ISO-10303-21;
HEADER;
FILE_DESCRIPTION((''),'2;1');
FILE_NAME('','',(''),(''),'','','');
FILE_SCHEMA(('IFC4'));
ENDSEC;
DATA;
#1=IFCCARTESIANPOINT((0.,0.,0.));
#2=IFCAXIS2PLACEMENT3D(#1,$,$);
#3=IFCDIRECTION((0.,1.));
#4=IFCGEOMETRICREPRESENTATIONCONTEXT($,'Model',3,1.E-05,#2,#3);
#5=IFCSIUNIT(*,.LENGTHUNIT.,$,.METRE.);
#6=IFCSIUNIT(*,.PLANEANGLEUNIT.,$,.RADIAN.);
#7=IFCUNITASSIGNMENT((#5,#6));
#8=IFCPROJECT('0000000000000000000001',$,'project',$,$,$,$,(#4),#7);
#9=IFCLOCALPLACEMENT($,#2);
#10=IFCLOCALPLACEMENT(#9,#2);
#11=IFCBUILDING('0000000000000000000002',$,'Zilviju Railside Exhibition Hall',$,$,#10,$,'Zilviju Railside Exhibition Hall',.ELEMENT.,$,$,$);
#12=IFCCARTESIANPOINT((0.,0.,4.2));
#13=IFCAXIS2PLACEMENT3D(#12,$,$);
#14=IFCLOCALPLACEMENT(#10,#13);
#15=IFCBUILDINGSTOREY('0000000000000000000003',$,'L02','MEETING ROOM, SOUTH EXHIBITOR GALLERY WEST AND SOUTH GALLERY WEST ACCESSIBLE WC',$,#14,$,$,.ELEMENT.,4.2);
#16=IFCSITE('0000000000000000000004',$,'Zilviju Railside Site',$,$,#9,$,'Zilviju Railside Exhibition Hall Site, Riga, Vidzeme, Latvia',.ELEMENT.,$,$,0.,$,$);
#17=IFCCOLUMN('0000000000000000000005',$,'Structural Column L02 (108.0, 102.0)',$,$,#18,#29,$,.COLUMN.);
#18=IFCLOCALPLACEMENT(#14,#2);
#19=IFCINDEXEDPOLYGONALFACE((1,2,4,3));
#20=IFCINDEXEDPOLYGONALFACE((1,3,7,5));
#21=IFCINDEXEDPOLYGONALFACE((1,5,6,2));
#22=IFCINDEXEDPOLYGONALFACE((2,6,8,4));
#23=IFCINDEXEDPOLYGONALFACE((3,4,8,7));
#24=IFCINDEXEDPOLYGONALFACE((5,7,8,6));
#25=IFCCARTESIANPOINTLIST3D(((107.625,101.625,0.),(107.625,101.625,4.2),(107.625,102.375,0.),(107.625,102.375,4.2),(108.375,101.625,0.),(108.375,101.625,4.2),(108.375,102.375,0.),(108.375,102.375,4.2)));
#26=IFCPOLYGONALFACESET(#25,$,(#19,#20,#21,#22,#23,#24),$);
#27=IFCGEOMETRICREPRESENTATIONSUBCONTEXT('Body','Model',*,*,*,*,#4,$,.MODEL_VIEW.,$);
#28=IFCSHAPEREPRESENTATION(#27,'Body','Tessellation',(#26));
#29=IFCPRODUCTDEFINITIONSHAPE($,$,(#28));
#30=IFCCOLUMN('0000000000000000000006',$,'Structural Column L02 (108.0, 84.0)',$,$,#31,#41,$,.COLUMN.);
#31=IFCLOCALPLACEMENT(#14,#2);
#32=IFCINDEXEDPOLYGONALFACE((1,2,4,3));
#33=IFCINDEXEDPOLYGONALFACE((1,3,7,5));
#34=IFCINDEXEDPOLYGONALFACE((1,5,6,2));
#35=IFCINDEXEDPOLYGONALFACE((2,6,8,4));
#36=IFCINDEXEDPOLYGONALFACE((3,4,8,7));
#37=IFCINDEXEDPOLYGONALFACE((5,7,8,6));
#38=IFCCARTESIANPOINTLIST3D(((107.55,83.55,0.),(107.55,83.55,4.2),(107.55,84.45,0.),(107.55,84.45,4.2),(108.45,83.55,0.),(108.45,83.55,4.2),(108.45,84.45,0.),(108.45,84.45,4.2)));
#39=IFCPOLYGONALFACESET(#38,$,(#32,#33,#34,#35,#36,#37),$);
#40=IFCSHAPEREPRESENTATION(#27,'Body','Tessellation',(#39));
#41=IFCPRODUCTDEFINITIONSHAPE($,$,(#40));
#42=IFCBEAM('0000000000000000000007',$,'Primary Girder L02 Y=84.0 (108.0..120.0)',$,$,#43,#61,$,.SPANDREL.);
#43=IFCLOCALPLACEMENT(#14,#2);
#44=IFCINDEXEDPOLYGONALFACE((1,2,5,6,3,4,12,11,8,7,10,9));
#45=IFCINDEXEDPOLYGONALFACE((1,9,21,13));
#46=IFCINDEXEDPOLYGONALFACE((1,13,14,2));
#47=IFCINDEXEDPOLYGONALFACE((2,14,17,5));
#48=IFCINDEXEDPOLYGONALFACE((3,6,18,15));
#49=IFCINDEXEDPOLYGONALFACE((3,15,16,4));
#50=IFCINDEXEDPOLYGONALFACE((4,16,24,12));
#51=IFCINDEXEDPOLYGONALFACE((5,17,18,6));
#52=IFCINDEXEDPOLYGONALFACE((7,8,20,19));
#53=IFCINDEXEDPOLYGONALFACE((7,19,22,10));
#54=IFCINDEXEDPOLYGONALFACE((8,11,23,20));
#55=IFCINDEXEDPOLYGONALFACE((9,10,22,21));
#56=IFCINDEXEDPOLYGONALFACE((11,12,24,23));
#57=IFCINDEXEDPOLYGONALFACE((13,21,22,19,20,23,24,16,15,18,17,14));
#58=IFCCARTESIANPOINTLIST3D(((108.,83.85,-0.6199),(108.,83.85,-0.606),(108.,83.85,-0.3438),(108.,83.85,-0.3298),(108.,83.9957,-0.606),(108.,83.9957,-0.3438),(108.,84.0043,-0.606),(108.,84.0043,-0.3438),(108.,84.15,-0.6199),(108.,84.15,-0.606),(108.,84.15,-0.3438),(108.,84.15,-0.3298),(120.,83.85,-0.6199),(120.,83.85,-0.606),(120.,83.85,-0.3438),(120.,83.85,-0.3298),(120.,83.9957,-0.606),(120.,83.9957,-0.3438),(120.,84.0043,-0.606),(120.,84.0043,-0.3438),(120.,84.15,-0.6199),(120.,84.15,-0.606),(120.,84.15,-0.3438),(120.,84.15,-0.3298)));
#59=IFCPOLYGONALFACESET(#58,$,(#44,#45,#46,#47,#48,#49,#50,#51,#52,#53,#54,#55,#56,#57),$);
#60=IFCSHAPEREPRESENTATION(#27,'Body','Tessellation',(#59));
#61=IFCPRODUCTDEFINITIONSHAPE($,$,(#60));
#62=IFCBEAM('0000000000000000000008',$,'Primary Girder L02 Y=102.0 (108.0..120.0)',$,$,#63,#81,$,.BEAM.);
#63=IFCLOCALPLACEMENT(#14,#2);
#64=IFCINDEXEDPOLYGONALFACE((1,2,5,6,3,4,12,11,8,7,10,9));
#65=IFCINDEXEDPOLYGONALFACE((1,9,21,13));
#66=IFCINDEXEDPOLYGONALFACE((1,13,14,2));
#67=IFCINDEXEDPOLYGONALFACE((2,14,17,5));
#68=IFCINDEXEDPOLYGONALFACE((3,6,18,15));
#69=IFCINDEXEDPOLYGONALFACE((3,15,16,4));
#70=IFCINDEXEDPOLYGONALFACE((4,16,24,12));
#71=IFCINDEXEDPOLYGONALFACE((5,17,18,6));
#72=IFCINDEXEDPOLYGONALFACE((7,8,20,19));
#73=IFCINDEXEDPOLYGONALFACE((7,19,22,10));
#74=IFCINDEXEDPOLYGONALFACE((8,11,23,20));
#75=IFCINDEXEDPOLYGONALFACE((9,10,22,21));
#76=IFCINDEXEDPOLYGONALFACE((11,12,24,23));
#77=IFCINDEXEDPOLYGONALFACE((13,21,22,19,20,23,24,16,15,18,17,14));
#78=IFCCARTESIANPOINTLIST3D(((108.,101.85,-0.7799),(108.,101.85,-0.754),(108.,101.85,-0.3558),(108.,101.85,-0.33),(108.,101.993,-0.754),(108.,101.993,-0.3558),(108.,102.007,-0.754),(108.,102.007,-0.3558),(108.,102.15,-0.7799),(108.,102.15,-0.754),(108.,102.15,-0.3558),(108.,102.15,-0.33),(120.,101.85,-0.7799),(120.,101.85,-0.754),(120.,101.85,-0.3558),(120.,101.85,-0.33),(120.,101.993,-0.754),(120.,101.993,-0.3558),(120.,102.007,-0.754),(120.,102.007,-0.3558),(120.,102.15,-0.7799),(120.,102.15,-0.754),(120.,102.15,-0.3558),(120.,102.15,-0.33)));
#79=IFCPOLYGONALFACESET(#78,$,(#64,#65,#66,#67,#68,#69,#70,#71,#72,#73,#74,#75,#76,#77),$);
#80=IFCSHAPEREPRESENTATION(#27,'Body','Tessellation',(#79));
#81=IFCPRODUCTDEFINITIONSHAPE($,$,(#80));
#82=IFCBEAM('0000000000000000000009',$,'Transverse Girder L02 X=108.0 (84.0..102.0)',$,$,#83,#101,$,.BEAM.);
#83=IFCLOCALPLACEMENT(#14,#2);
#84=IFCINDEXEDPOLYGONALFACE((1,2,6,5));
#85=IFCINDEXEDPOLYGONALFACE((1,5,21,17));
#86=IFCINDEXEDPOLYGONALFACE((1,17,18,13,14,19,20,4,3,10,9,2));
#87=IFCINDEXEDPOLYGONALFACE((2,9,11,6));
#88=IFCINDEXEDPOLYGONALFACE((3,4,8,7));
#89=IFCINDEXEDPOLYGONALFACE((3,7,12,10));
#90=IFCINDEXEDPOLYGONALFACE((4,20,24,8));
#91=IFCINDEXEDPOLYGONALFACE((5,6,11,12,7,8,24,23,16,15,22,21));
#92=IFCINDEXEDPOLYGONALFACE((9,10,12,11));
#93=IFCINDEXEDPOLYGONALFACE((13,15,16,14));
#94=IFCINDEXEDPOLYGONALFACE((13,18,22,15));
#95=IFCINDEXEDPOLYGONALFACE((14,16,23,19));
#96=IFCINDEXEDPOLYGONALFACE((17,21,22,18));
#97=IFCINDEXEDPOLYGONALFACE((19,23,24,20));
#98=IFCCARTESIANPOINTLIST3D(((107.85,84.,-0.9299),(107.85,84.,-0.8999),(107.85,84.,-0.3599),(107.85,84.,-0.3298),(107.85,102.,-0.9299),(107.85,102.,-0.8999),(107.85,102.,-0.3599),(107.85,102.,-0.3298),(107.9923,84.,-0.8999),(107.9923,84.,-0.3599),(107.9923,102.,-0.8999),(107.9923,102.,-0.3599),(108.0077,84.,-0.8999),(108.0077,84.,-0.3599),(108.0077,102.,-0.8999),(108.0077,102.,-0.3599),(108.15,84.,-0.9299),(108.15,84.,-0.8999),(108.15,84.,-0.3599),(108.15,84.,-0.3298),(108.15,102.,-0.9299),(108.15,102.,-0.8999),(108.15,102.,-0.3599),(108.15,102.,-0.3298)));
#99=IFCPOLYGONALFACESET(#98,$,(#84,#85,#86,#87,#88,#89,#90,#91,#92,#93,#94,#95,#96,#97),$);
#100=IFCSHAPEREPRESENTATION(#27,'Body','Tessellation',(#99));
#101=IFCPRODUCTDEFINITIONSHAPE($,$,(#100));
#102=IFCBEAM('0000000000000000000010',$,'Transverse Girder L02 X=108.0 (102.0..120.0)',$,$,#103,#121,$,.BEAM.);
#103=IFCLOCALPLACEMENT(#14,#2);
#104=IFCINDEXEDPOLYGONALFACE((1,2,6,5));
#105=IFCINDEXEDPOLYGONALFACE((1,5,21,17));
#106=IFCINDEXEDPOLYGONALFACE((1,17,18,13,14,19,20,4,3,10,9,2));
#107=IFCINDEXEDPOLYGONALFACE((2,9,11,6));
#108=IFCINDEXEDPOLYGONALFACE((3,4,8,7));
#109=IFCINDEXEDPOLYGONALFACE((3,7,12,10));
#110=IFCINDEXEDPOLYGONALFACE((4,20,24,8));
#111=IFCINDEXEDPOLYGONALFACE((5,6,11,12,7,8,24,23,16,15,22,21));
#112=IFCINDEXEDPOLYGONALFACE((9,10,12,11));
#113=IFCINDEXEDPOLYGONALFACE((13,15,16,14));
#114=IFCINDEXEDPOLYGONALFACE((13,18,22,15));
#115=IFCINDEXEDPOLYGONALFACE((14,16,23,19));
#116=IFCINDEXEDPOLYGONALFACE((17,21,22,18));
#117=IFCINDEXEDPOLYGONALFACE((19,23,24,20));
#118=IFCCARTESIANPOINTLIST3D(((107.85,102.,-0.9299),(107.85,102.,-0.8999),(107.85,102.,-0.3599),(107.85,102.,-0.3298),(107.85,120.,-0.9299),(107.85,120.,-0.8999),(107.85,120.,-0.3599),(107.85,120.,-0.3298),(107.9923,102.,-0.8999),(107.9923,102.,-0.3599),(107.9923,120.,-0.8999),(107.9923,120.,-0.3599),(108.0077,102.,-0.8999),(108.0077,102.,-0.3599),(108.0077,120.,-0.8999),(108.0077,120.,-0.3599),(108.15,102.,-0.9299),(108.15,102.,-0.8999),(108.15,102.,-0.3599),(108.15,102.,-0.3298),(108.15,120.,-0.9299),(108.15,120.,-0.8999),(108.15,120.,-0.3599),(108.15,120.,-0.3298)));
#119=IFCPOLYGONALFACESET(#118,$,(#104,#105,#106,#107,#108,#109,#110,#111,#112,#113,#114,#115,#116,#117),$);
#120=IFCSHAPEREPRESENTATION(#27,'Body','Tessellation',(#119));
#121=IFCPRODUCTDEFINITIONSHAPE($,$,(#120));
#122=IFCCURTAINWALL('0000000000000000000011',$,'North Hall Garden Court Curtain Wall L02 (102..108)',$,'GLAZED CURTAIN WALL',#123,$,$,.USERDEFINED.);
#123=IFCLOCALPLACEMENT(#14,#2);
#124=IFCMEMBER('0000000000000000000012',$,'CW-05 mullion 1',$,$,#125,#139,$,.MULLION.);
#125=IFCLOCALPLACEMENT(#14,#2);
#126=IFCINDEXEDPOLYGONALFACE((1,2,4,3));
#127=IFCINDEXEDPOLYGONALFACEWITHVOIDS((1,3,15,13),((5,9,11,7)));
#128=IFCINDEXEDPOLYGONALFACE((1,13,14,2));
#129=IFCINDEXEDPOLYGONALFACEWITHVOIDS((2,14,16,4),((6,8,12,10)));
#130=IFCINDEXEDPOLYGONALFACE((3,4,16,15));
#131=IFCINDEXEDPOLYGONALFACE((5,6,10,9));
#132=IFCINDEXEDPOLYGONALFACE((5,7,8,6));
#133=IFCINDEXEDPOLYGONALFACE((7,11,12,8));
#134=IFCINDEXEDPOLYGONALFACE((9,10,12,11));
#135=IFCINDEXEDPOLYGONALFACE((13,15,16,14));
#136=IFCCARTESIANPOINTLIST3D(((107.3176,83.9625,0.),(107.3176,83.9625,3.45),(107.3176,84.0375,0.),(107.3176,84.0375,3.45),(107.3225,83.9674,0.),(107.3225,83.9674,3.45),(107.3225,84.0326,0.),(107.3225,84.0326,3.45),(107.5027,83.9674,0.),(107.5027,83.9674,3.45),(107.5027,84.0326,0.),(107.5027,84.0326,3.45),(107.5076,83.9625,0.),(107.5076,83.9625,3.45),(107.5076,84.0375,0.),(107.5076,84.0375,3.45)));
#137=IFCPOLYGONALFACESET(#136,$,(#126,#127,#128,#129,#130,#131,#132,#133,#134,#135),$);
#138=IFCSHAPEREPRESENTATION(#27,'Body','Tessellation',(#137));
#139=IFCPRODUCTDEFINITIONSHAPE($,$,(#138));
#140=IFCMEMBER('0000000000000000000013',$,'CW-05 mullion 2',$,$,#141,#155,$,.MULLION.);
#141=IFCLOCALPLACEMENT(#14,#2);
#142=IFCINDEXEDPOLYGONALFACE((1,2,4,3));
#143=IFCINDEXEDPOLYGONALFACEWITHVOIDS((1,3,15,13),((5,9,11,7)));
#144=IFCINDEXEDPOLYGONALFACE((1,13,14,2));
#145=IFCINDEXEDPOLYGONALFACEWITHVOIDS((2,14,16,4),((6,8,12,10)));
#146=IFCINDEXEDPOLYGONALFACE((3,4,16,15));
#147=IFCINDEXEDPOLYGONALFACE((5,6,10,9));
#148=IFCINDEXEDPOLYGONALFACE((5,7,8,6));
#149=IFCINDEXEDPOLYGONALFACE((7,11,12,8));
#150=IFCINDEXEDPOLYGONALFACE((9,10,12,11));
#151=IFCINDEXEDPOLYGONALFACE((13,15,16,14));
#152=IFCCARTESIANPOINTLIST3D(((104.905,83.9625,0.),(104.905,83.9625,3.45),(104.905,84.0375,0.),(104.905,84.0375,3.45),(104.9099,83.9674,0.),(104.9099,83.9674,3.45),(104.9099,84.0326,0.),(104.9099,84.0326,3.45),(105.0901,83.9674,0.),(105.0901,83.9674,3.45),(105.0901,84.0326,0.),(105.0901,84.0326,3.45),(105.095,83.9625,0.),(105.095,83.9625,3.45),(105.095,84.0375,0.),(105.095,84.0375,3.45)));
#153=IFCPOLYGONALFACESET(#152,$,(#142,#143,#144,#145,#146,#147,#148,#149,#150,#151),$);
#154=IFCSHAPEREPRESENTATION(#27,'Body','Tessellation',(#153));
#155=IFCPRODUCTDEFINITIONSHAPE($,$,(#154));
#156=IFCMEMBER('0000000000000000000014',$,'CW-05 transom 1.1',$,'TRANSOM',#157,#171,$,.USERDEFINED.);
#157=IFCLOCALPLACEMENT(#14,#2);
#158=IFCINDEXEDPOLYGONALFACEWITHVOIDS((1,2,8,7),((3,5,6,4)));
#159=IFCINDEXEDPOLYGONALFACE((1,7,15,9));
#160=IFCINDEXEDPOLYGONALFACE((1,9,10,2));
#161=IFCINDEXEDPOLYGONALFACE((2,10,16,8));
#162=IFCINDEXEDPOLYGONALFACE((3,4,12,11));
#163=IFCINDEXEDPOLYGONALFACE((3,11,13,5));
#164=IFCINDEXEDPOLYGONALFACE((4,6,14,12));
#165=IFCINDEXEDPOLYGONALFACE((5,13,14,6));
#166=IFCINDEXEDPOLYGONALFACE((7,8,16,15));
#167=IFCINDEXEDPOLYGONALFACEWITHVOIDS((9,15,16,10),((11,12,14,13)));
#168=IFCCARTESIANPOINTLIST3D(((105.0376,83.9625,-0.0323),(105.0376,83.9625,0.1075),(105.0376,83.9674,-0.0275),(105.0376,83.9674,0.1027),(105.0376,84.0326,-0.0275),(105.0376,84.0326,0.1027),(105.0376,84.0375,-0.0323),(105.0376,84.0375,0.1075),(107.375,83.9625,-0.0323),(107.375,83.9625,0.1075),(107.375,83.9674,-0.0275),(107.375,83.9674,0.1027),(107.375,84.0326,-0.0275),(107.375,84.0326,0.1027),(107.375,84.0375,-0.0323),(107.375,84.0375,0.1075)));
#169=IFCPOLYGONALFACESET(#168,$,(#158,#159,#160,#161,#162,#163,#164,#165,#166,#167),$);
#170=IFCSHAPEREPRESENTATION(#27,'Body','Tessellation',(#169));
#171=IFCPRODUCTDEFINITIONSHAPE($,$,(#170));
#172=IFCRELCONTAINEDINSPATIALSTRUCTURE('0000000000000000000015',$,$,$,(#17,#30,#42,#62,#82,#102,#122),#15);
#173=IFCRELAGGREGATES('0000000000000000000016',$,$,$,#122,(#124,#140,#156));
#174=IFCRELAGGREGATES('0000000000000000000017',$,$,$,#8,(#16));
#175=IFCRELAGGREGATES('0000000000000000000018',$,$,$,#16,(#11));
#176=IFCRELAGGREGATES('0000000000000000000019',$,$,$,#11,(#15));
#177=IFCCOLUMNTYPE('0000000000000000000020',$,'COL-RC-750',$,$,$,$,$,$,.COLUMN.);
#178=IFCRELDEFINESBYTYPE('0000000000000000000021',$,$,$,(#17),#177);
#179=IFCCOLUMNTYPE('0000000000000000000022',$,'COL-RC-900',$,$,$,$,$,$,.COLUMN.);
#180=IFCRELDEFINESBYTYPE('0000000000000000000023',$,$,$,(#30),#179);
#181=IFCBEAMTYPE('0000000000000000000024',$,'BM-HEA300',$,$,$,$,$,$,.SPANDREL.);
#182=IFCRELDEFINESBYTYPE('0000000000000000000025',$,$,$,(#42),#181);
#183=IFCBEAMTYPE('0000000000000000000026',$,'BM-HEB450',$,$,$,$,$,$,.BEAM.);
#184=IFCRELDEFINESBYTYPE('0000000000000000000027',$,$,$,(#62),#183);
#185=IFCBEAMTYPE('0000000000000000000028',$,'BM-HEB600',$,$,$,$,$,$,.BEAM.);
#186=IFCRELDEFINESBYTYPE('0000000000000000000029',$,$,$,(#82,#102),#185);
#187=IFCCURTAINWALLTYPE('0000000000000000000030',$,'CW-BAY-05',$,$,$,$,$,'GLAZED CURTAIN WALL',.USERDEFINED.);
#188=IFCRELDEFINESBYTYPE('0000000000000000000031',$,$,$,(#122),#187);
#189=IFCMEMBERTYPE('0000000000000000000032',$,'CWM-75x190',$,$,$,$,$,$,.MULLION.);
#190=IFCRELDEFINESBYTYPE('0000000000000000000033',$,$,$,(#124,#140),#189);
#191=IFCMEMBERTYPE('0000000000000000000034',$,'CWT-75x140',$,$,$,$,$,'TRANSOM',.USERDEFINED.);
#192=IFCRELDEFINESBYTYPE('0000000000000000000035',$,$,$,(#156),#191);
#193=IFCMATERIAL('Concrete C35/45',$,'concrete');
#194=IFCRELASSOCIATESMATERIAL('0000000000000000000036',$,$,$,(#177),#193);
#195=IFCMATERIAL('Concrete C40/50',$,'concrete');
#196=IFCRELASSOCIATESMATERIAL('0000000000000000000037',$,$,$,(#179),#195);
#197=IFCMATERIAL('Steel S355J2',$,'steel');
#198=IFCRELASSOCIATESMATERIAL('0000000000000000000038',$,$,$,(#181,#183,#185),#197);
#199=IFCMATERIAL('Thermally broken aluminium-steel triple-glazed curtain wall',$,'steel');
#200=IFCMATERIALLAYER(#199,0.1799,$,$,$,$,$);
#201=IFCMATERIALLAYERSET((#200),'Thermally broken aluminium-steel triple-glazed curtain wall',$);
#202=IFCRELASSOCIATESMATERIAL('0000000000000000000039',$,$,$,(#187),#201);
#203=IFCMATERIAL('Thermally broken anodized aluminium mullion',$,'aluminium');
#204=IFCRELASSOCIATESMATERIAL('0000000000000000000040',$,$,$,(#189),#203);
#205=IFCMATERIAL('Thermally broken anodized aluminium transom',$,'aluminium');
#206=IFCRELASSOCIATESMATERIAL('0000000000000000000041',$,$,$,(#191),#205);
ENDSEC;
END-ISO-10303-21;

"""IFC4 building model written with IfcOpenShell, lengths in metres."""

from ifc_helpers import new_model, si_unit, direction, frame, origin, origin_2d, place, context, subcontext, project, spatial, rectangle, hollow_rectangle, i_section, extrude, material, layer, layer_set, material_profile, profile_set, type_object, element, aggregate, save


model = new_model("IFC4")

# Units and contexts
model_context = context("Model", 3, precision=1e-05, world=origin(), true_north=direction((0.0, 1.0)))
body_context = subcontext(model_context, "Body", "Model", "MODEL_VIEW")
ifc_project = project(units=[si_unit("LENGTHUNIT", "METRE"), si_unit("PLANEANGLEUNIT", "RADIAN")], contexts=[model_context])

# Site, building, storey
site_placement = place(None, origin())
site = spatial("IfcSite", under=ifc_project, at=site_placement, Name="Zilviju Railside Site", LongName="Zilviju Railside Exhibition Hall Site, Riga, Vidzeme, Latvia", CompositionType="ELEMENT", RefElevation=0.0)
building_placement = place(site_placement, origin())
building = spatial("IfcBuilding", under=site, at=building_placement, Name="Zilviju Railside Exhibition Hall", LongName="Zilviju Railside Exhibition Hall", CompositionType="ELEMENT")
storey_placement = place(building_placement, frame((0.0, 0.0, 4.2)))
storey = spatial("IfcBuildingStorey", under=building, at=storey_placement, Name="L02", Description="MEETING ROOM, SOUTH EXHIBITOR GALLERY WEST AND SOUTH GALLERY WEST ACCESSIBLE WC", CompositionType="ELEMENT", Elevation=4.2)

# Columns
ifc_material_1 = material(Name="Concrete C35/45", Category="concrete")
ifc_material_profile_1 = material_profile(ifc_material_1, rectangle(XDim=0.75, YDim=0.75, at=origin_2d()), Name="RC COL 750x750")
ifc_profile_set_1 = profile_set([ifc_material_profile_1], Name="Concrete C35/45")
column_type_1 = type_object("IfcColumnType", Name="COL-RC-750", PredefinedType="COLUMN", material=ifc_profile_set_1)
column_1_placement = place(storey_placement, frame((108.0, 102.0, 0.0), z_axis=(0.0, 0.0, 1.0), x_axis=(1.0, 0.0, 0.0)))
element("IfcColumn", 1, at=column_1_placement, inside=storey, type_object=column_type_1, Name="Structural Column L02 (108.0, 102.0)", PredefinedType="COLUMN", context=body_context, shape_type="SweptSolid", body=[
    extrude(rectangle(XDim=0.75, YDim=0.75, at=origin_2d()), origin(), (0.0, 0.0, 1.0), 4.2),
])
ifc_material_2 = material(Name="Concrete C40/50", Category="concrete")
ifc_material_profile_2 = material_profile(ifc_material_2, rectangle(XDim=0.8999, YDim=0.8999, at=origin_2d()), Name="RC COL 900x900")
ifc_profile_set_2 = profile_set([ifc_material_profile_2], Name="Concrete C40/50")
column_type_2 = type_object("IfcColumnType", Name="COL-RC-900", PredefinedType="COLUMN", material=ifc_profile_set_2)
column_2_placement = place(storey_placement, frame((108.0, 84.0, 0.0), z_axis=(0.0, 0.0, 1.0), x_axis=(1.0, 0.0, 0.0)))
element("IfcColumn", 2, at=column_2_placement, inside=storey, type_object=column_type_2, Name="Structural Column L02 (108.0, 84.0)", PredefinedType="COLUMN", context=body_context, shape_type="SweptSolid", body=[
    extrude(rectangle(XDim=0.8999, YDim=0.8999, at=origin_2d()), origin(), (0.0, 0.0, 1.0), 4.2),
])

# Beams
ifc_material_3 = material(Name="Steel S355J2", Category="steel")
ifc_material_profile_3 = material_profile(ifc_material_3, i_section(OverallWidth=0.3, OverallDepth=0.29, WebThickness=0.0085, FlangeThickness=0.0139, at=origin_2d()), Name="HEA 300")
ifc_profile_set_3 = profile_set([ifc_material_profile_3], Name="Steel S355J2")
beam_type_1 = type_object("IfcBeamType", Name="BM-HEA300", PredefinedType="SPANDREL", material=ifc_profile_set_3)
beam_1_placement = place(storey_placement, frame((108.0, 84.0, -0.4749), z_axis=(1.0, 0.0, 0.0), x_axis=(0.0, 1.0, 0.0)))
element("IfcBeam", 3, at=beam_1_placement, inside=storey, type_object=beam_type_1, Name="Primary Girder L02 Y=84.0 (108.0..120.0)", PredefinedType="SPANDREL", context=body_context, shape_type="SweptSolid", body=[
    extrude(i_section(OverallWidth=0.3, OverallDepth=0.29, WebThickness=0.0085, FlangeThickness=0.0139, at=origin_2d()), origin(), (0.0, 0.0, 1.0), 12.0),
])
ifc_material_profile_4 = material_profile(ifc_material_3, i_section(OverallWidth=0.3, OverallDepth=0.45, WebThickness=0.0139, FlangeThickness=0.0259, at=origin_2d()), Name="HEB 450")
ifc_profile_set_4 = profile_set([ifc_material_profile_4], Name="Steel S355J2")
beam_type_2 = type_object("IfcBeamType", Name="BM-HEB450", PredefinedType="BEAM", material=ifc_profile_set_4)
beam_2_placement = place(storey_placement, frame((108.0, 102.0, -0.5549), z_axis=(1.0, 0.0, 0.0), x_axis=(0.0, 1.0, 0.0)))
element("IfcBeam", 4, at=beam_2_placement, inside=storey, type_object=beam_type_2, Name="Primary Girder L02 Y=102.0 (108.0..120.0)", PredefinedType="BEAM", context=body_context, shape_type="SweptSolid", body=[
    extrude(i_section(OverallWidth=0.3, OverallDepth=0.45, WebThickness=0.0139, FlangeThickness=0.0259, at=origin_2d()), origin(), (0.0, 0.0, 1.0), 12.0),
])
ifc_material_profile_5 = material_profile(ifc_material_3, i_section(OverallWidth=0.3, OverallDepth=0.6001, WebThickness=0.0154, FlangeThickness=0.03, at=origin_2d()), Name="HEB 600")
ifc_profile_set_5 = profile_set([ifc_material_profile_5], Name="Steel S355J2")
beam_type_3 = type_object("IfcBeamType", Name="BM-HEB600", PredefinedType="BEAM", material=ifc_profile_set_5)
for number, where, z_axis, x_axis, name in (
    (5, (108.0, 84.0, -0.6299), (0.0, 1.0, 0.0), (-1.0, 0.0, 0.0), "Transverse Girder L02 X=108.0 (84.0..102.0)"),
    (6, (108.0, 102.0, -0.6299), (0.0, 1.0, 0.0), (-1.0, 0.0, 0.0), "Transverse Girder L02 X=108.0 (102.0..120.0)"),
):
    element("IfcBeam", number, at=place(storey_placement, frame(where, z_axis=z_axis, x_axis=x_axis)), inside=storey, type_object=beam_type_3, Name=name, PredefinedType="BEAM", context=body_context, shape_type="SweptSolid", body=[
        extrude(i_section(OverallWidth=0.3, OverallDepth=0.6001, WebThickness=0.0154, FlangeThickness=0.03, at=origin_2d()), origin(), (0.0, 0.0, 1.0), 18.0),
    ])

# Curtain wall, members
ifc_material_4 = material(Name="Thermally broken aluminium-steel triple-glazed curtain wall", Category="steel")
ifc_layer_1 = layer(ifc_material_4, 0.1799)
ifc_layer_set_1 = layer_set([ifc_layer_1], Name="Thermally broken aluminium-steel triple-glazed curtain wall")
curtain_wall_type = type_object("IfcCurtainWallType", Name="CW-BAY-05", ElementType="GLAZED CURTAIN WALL", PredefinedType="USERDEFINED", material=ifc_layer_set_1)
curtain_wall_placement = place(storey_placement, origin())
curtain_wall = element("IfcCurtainWall", 7, at=curtain_wall_placement, inside=storey, type_object=curtain_wall_type, Name="North Hall Garden Court Curtain Wall L02 (102..108)", ObjectType="GLAZED CURTAIN WALL", PredefinedType="USERDEFINED")
ifc_material_5 = material(Name="Thermally broken anodized aluminium mullion", Category="aluminium")
ifc_material_profile_6 = material_profile(ifc_material_5, hollow_rectangle(XDim=0.075, YDim=0.1899, WallThickness=0.0049, at=origin_2d()), Name="MULLION 190x75x5")
ifc_profile_set_6 = profile_set([ifc_material_profile_6], Name="Thermally broken anodized aluminium mullion")
member_type_1 = type_object("IfcMemberType", Name="CWM-75x190", PredefinedType="MULLION", material=ifc_profile_set_6)
member_1_placement = place(storey_placement, frame((107.4126, 84.0, 0.0), z_axis=(0.0, 0.0, 1.0), x_axis=(0.0, -1.0, 0.0)))
member_1 = element("IfcMember", 8, at=member_1_placement, type_object=member_type_1, Name="CW-05 mullion 1", PredefinedType="MULLION", context=body_context, shape_type="SweptSolid", body=[
    extrude(hollow_rectangle(XDim=0.075, YDim=0.1899, WallThickness=0.0049, at=origin_2d()), origin(), (0.0, 0.0, 1.0), 3.45),
])
member_2_placement = place(storey_placement, frame((105.0, 84.0, 0.0), z_axis=(0.0, 0.0, 1.0), x_axis=(0.0, -1.0, 0.0)))
member_2 = element("IfcMember", 9, at=member_2_placement, type_object=member_type_1, Name="CW-05 mullion 2", PredefinedType="MULLION", context=body_context, shape_type="SweptSolid", body=[
    extrude(hollow_rectangle(XDim=0.075, YDim=0.1899, WallThickness=0.0049, at=origin_2d()), origin(), (0.0, 0.0, 1.0), 3.45),
])
ifc_material_6 = material(Name="Thermally broken anodized aluminium transom", Category="aluminium")
ifc_material_profile_7 = material_profile(ifc_material_6, hollow_rectangle(XDim=0.075, YDim=0.1399, WallThickness=0.0049, at=origin_2d()), Name="TRANSOM 140x75x5")
ifc_profile_set_7 = profile_set([ifc_material_profile_7], Name="Thermally broken anodized aluminium transom")
member_type_2 = type_object("IfcMemberType", Name="CWT-75x140", ElementType="TRANSOM", PredefinedType="USERDEFINED", material=ifc_profile_set_7)
member_3_placement = place(storey_placement, frame((107.375, 84.0, 0.0376), z_axis=(-1.0, 0.0, 0.0), x_axis=(0.0, -1.0, 0.0)))
member_3 = element("IfcMember", 10, at=member_3_placement, type_object=member_type_2, Name="CW-05 transom 1.1", ObjectType="TRANSOM", PredefinedType="USERDEFINED", context=body_context, shape_type="SweptSolid", body=[
    extrude(hollow_rectangle(XDim=0.075, YDim=0.1399, WallThickness=0.0049, at=origin_2d()), origin(), (0.0, 0.0, 1.0), 2.3374),
])
aggregate(curtain_wall, [member_1, member_2, member_3])

save(model, "model.ifc")
